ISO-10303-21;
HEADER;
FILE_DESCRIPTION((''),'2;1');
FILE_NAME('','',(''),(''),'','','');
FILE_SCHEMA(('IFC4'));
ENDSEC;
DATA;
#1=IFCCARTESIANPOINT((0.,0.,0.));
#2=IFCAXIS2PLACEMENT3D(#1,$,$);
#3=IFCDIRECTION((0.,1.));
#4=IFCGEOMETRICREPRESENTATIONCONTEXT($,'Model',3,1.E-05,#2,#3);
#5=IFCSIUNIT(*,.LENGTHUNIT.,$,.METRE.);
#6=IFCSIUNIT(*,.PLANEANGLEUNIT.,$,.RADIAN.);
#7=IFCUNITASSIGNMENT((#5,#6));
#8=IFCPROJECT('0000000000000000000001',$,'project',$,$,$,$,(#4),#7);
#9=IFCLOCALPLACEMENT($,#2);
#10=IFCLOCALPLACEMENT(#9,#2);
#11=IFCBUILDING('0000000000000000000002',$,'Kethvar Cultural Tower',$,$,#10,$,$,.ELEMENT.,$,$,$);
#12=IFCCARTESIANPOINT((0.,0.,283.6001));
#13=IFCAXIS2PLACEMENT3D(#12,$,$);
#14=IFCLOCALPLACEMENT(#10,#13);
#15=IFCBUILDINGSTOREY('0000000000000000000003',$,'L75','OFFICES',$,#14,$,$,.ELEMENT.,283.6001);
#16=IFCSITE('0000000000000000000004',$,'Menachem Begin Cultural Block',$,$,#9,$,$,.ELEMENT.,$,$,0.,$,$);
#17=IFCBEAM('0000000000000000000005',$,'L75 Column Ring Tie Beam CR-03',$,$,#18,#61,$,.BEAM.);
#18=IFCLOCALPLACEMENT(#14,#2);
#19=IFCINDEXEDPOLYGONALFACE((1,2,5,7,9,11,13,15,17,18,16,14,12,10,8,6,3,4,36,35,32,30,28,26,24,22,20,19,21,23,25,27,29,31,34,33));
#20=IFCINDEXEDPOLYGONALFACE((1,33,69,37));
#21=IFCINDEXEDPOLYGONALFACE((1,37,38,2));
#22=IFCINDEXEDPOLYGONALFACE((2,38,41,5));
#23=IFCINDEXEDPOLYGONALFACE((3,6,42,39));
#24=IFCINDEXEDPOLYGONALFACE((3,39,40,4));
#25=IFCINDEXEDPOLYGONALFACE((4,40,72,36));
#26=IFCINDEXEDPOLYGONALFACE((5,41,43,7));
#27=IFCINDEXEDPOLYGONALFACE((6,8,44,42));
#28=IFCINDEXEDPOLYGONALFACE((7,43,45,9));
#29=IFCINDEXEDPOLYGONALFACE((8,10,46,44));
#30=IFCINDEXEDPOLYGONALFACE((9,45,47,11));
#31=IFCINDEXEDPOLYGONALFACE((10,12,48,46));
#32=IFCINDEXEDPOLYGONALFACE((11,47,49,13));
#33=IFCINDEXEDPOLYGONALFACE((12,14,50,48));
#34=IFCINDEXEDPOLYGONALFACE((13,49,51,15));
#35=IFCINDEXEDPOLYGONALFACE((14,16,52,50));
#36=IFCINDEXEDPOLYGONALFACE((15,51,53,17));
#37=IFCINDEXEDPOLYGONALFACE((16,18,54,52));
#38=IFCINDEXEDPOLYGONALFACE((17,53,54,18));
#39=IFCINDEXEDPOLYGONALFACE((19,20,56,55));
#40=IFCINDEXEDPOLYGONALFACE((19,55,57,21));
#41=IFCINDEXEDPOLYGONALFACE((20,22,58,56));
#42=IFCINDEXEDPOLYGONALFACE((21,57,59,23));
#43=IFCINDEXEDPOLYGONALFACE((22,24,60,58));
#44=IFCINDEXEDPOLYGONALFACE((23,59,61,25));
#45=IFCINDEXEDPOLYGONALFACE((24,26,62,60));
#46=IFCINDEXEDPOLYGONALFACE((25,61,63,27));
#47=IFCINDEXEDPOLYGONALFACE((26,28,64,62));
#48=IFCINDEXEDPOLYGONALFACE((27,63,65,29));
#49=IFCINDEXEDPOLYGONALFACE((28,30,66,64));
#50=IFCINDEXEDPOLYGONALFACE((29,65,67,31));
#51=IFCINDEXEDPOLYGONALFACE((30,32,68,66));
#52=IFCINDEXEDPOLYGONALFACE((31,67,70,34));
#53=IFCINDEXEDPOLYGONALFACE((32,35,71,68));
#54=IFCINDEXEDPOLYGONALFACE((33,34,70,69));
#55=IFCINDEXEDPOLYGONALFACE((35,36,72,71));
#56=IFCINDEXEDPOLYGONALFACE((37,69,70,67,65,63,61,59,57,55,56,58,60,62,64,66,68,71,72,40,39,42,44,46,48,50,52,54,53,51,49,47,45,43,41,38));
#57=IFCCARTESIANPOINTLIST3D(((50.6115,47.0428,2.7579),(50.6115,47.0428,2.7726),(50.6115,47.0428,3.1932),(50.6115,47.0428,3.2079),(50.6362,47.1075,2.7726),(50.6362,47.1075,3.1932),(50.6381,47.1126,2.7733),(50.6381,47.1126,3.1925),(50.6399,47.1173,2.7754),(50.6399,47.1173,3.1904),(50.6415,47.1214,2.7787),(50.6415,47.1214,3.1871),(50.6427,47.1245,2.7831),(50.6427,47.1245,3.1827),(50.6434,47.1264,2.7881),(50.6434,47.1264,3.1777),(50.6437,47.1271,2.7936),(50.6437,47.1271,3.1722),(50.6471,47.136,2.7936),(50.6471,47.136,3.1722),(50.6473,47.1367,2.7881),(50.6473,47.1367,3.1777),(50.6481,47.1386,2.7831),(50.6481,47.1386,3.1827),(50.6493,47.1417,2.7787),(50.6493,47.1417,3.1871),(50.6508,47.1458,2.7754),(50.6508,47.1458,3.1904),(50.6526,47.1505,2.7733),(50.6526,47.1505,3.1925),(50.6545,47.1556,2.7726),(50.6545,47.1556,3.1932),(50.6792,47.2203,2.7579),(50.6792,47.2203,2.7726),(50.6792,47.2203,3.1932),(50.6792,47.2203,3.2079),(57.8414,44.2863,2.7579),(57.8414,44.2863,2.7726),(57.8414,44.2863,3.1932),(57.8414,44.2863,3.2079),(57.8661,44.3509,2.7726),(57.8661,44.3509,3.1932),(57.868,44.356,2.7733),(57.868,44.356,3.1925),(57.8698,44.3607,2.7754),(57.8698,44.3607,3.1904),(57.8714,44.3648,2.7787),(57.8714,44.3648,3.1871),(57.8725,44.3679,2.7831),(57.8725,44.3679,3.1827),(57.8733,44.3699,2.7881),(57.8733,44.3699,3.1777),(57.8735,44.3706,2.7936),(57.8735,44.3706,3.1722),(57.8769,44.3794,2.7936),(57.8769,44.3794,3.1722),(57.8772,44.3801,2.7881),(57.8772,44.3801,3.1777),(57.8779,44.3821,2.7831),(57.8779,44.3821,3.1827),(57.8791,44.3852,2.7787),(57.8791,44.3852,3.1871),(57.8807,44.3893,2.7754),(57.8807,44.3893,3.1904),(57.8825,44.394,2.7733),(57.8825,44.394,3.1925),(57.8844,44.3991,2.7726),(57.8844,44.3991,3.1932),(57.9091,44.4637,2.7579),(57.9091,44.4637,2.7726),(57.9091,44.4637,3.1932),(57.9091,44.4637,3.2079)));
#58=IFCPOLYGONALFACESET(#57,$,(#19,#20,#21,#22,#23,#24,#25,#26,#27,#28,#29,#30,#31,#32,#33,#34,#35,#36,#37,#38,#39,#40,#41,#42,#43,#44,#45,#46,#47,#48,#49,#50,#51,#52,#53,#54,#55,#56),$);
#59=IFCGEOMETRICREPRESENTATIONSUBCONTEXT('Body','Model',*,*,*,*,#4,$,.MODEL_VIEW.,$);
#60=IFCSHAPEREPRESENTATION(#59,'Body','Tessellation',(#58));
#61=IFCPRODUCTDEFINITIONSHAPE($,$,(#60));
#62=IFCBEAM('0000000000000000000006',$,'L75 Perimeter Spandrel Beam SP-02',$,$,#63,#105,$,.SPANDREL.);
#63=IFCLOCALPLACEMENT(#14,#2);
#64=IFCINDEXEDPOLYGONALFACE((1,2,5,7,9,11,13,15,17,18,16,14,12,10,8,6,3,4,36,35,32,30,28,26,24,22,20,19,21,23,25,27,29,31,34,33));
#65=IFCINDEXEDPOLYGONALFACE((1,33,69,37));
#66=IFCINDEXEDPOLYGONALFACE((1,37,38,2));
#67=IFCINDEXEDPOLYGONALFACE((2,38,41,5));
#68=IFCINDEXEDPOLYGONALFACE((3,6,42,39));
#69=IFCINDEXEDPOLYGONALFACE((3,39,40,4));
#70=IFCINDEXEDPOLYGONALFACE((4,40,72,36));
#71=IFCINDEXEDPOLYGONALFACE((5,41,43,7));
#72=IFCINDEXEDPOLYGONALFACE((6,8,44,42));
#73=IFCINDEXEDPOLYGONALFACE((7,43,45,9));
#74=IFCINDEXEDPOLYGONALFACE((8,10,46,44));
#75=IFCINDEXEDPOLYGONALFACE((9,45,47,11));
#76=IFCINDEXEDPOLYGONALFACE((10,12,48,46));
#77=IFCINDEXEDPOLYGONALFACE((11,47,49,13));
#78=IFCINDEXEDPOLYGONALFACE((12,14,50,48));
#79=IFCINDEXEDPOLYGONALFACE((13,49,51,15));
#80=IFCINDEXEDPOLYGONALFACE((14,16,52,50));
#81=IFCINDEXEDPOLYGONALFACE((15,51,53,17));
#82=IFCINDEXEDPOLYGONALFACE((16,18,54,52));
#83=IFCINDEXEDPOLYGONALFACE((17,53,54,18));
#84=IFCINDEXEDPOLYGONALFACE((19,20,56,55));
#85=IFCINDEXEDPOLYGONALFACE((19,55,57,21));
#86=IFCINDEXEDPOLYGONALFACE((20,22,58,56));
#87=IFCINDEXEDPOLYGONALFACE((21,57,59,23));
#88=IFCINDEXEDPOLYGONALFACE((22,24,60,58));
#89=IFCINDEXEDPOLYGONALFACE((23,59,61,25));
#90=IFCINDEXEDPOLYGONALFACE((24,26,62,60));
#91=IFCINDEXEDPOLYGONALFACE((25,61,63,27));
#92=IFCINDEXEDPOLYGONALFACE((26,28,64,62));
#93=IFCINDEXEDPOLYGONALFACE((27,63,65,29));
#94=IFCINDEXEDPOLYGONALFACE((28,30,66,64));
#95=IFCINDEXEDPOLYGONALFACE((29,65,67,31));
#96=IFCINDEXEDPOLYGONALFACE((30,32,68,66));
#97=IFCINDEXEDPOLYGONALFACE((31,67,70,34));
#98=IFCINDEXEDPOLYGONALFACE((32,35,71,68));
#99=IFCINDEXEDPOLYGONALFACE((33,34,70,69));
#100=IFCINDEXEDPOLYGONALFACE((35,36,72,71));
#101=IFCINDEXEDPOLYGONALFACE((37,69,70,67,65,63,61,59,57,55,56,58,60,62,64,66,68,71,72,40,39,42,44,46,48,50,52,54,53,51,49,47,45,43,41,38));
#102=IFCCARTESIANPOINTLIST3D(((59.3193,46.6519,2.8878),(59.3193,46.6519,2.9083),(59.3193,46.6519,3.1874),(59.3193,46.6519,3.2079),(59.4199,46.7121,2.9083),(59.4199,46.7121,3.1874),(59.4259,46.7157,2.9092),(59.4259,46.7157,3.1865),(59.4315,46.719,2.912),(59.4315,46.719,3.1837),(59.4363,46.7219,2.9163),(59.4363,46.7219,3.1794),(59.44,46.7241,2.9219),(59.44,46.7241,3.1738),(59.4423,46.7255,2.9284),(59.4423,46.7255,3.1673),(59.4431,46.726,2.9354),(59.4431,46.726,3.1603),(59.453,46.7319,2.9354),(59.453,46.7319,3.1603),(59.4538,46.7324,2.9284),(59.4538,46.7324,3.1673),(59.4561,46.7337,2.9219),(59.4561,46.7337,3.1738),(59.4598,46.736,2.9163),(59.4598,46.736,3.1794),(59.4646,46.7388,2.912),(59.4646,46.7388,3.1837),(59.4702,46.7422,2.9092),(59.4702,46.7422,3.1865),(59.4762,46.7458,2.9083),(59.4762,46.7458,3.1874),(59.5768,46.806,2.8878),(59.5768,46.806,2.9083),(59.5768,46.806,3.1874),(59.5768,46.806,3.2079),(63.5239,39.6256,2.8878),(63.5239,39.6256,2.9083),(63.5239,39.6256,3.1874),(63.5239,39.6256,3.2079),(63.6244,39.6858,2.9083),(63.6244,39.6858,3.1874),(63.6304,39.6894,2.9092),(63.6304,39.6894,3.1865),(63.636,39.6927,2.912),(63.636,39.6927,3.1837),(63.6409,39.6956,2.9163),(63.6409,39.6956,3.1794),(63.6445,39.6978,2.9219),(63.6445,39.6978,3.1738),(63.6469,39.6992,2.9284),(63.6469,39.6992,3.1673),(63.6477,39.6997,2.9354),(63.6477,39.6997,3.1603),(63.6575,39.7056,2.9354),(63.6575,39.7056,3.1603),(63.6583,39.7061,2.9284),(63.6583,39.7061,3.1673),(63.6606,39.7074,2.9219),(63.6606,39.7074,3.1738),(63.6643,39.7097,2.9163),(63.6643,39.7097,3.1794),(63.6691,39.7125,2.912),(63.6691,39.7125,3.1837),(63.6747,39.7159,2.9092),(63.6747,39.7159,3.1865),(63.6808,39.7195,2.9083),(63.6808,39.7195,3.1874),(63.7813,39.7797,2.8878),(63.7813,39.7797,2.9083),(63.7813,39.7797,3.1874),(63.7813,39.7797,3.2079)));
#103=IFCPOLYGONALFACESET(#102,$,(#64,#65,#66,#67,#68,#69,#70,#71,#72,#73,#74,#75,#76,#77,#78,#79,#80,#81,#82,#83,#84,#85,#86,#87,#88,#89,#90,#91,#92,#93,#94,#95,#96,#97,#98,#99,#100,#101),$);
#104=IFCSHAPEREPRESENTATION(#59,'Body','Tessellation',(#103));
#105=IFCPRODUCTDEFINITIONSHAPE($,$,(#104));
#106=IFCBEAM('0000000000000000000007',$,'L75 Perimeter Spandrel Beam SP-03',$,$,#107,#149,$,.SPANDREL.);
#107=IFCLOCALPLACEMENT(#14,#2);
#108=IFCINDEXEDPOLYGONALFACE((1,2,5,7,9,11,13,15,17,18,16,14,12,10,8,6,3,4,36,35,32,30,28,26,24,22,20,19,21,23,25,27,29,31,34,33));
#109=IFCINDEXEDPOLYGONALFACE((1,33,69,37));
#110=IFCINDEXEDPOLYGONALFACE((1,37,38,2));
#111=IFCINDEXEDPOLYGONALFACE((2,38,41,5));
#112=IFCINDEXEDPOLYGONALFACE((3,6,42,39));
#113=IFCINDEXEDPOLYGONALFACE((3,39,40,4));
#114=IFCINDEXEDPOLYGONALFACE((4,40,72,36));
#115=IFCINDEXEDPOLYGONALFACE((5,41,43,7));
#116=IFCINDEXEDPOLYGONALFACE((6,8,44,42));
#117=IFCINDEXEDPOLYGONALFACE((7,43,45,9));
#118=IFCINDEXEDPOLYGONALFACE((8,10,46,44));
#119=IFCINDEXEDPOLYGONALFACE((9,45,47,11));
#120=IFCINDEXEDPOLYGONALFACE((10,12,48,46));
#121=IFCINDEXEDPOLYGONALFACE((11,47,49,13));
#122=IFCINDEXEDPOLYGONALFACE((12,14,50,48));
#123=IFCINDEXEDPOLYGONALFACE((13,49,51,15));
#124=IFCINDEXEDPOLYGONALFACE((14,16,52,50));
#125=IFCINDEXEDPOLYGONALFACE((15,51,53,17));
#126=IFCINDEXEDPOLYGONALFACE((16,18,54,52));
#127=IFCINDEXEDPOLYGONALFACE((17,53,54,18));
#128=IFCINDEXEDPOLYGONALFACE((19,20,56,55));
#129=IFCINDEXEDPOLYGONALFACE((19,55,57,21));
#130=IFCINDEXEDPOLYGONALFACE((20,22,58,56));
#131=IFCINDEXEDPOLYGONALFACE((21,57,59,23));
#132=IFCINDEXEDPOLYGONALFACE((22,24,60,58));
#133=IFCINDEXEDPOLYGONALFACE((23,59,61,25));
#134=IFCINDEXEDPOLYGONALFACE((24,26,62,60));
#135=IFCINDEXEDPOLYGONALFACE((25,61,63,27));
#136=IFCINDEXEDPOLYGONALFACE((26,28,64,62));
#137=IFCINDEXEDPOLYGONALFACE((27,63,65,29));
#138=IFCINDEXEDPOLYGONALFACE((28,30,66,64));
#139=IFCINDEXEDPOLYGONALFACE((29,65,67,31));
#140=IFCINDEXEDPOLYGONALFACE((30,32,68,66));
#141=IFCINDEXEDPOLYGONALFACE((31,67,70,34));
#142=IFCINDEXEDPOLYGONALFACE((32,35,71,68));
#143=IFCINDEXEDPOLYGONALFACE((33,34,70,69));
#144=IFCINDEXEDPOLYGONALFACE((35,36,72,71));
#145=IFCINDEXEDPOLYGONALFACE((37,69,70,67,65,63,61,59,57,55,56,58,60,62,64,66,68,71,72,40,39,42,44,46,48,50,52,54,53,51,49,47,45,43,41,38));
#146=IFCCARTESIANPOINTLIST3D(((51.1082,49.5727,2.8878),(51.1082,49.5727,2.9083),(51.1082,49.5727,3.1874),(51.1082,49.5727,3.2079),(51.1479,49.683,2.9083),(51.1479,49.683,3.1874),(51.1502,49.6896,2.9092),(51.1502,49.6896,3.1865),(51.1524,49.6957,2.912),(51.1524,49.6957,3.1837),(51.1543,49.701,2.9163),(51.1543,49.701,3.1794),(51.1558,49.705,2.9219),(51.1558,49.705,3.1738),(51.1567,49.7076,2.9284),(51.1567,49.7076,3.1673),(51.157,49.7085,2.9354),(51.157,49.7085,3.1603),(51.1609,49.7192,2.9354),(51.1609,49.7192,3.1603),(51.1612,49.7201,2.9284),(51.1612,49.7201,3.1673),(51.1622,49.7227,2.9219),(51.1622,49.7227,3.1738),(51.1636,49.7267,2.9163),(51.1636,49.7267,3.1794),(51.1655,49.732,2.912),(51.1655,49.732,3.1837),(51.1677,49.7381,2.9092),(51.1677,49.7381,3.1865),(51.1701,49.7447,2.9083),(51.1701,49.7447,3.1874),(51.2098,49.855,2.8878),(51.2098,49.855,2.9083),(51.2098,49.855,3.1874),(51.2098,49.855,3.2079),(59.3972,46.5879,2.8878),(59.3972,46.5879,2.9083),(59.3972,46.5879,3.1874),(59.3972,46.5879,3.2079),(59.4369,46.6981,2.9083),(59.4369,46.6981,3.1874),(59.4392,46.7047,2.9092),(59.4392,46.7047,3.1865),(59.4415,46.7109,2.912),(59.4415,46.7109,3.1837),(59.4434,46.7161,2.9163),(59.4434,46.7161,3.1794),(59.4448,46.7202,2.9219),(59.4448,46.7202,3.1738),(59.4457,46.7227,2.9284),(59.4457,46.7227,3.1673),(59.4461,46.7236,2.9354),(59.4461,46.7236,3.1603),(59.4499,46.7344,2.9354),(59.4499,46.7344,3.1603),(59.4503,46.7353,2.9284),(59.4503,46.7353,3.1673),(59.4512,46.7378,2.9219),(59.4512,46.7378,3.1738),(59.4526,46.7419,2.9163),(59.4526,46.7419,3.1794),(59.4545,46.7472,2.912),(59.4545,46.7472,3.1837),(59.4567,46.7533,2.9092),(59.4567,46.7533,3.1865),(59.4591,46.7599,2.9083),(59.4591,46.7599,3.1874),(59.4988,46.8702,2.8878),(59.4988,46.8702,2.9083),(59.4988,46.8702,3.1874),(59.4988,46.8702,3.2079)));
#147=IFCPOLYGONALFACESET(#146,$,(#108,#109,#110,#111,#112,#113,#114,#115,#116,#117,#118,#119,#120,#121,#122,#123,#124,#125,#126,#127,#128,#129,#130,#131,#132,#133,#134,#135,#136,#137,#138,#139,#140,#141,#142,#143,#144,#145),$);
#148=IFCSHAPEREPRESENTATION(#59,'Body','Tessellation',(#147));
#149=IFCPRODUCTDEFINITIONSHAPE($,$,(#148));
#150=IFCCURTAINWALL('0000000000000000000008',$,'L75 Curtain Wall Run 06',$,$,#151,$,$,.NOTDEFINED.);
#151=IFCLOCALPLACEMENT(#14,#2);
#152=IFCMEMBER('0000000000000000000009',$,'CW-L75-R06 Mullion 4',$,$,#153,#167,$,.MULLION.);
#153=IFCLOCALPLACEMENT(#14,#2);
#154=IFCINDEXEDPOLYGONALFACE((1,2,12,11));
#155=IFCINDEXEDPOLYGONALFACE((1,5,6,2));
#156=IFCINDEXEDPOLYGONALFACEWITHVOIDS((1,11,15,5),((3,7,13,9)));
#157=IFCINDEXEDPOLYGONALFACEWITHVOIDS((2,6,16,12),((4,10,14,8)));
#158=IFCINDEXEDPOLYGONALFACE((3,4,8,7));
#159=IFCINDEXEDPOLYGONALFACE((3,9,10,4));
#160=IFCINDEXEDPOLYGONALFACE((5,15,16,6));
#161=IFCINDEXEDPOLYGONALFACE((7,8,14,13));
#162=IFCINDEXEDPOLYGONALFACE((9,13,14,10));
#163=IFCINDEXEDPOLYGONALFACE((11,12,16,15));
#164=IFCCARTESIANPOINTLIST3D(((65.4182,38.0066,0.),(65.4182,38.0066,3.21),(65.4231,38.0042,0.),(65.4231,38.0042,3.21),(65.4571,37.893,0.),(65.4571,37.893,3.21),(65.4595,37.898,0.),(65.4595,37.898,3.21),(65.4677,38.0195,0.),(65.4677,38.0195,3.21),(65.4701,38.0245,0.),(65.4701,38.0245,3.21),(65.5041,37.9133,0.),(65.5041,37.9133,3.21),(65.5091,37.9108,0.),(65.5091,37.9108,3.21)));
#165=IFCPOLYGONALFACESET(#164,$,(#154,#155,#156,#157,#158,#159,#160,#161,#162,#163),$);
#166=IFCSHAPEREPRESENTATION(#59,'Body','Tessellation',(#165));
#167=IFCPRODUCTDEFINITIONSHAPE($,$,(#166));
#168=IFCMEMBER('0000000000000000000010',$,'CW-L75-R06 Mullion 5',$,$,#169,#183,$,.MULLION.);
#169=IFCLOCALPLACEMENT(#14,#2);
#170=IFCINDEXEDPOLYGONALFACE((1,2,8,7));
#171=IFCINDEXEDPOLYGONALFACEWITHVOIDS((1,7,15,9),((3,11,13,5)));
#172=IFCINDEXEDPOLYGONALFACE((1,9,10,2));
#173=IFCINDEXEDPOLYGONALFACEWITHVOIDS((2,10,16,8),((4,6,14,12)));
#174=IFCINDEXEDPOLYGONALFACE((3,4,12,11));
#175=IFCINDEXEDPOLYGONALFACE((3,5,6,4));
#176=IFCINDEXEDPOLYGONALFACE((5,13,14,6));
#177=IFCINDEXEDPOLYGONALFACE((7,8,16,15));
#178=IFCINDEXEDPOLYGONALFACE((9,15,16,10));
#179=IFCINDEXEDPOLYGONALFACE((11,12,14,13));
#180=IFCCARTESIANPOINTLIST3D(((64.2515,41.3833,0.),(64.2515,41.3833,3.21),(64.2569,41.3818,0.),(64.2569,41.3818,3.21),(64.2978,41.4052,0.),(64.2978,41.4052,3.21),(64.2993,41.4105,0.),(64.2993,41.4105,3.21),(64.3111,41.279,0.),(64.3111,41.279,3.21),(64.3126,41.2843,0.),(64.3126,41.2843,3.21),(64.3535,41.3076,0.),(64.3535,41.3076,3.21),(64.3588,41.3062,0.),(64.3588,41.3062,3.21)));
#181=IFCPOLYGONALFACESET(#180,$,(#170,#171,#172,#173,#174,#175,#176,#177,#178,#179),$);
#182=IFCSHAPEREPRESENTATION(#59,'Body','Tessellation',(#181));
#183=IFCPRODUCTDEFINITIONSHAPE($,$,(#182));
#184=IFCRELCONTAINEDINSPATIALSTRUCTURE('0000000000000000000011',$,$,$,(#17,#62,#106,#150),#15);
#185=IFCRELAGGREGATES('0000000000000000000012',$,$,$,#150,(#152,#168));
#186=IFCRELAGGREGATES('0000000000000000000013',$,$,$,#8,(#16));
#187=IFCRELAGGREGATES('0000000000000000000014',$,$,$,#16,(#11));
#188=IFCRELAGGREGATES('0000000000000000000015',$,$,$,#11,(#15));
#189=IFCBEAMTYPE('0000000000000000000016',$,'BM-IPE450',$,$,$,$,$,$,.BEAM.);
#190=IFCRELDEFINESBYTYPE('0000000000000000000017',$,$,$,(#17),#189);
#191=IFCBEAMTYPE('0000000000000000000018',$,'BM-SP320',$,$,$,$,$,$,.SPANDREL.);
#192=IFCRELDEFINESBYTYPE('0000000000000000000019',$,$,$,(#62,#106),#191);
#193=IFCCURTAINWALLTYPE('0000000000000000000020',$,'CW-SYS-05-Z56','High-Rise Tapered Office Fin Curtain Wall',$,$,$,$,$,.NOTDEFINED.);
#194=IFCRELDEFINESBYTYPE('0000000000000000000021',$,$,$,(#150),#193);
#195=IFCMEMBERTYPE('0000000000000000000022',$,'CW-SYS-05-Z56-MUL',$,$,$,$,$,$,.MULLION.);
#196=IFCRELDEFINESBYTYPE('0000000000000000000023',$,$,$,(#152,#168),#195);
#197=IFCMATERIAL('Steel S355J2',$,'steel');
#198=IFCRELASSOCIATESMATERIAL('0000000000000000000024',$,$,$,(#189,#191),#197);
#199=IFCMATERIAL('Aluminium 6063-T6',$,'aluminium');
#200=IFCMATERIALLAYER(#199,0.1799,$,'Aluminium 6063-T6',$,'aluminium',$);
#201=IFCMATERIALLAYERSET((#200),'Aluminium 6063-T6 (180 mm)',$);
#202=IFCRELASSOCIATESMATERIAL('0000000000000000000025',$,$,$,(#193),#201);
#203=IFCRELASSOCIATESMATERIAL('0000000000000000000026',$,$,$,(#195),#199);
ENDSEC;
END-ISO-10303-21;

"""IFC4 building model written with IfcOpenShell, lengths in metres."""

from ifc_helpers import new_model, si_unit, direction, frame, origin, origin_2d, place, context, subcontext, project, spatial, hollow_rectangle, i_section, extrude, source, transform, mapped, material, layer, layer_set, material_profile, profile_set, type_object, element, aggregate, save


model = new_model("IFC4")

# Units and contexts
model_context = context("Model", 3, precision=1e-05, world=origin(), true_north=direction((0.0, 1.0)))
body_context = subcontext(model_context, "Body", "Model", "MODEL_VIEW")
ifc_project = project(units=[si_unit("LENGTHUNIT", "METRE"), si_unit("PLANEANGLEUNIT", "RADIAN")], contexts=[model_context])

# Site, building, storey
site_placement = place(None, origin())
site = spatial("IfcSite", under=ifc_project, at=site_placement, Name="Menachem Begin Cultural Block", CompositionType="ELEMENT", RefElevation=0.0)
building_placement = place(site_placement, origin())
building = spatial("IfcBuilding", under=site, at=building_placement, Name="Kethvar Cultural Tower", CompositionType="ELEMENT")
storey_placement = place(building_placement, frame((0.0, 0.0, 283.6001)))
storey = spatial("IfcBuildingStorey", under=building, at=storey_placement, Name="L75", Description="OFFICES", CompositionType="ELEMENT", Elevation=283.6001)

# Beams
ifc_material_1 = material(Name="Steel S355J2", Category="steel")
ifc_material_profile_1 = material_profile(ifc_material_1, i_section(OverallWidth=0.1899, OverallDepth=0.45, WebThickness=0.0095, FlangeThickness=0.0146, FilletRadius=0.021, at=origin_2d()), Name="Steel S355J2 — IPE450")
ifc_profile_set_1 = profile_set([ifc_material_profile_1], Name="Steel S355J2 — IPE450")
beam_type_1 = type_object("IfcBeamType", Name="BM-IPE450", PredefinedType="BEAM", material=ifc_profile_set_1)
shared_shape_1 = source(origin(), body_context, "Body", "SweptSolid", [
    extrude(i_section(OverallWidth=0.1899, OverallDepth=0.45, WebThickness=0.0095, FlangeThickness=0.0146, FilletRadius=0.021, at=origin_2d()), origin(), (0.0, 0.0, 1.0), 7.7375),
])
beam_1_placement = place(storey_placement, frame((57.8752, 44.375, 2.9829), z_axis=(-0.934388, 0.356256, 0.0), x_axis=(-0.356256, -0.934388, 0.0)))
element("IfcBeam", 1, at=beam_1_placement, inside=storey, type_object=beam_type_1, Name="L75 Column Ring Tie Beam CR-03", PredefinedType="BEAM", context=body_context, shape_type="MappedRepresentation", body=[
    mapped(shared_shape_1, transform((0.0, 0.0, 0.0), scale=1.0)),
])
ifc_material_profile_2 = material_profile(ifc_material_1, i_section(OverallWidth=0.3, OverallDepth=0.3201, WebThickness=0.0115, FlangeThickness=0.0205, FilletRadius=0.0271, at=origin_2d()), Name="Steel S355J2 — HEB320")
ifc_profile_set_2 = profile_set([ifc_material_profile_2], Name="Steel S355J2 — HEB320")
beam_type_2 = type_object("IfcBeamType", Name="BM-SP320", PredefinedType="SPANDREL", material=ifc_profile_set_2)
shared_shape_2 = source(origin(), body_context, "Body", "SweptSolid", [
    extrude(i_section(OverallWidth=0.3, OverallDepth=0.3201, WebThickness=0.0115, FlangeThickness=0.0205, FilletRadius=0.0271, at=origin_2d()), origin(), (0.0, 0.0, 1.0), 8.1882),
])
beam_2_placement = place(storey_placement, frame((63.6526, 39.7026, 3.0479), z_axis=(-0.513487, 0.858097, 0.0), x_axis=(-0.858097, -0.513487, 0.0)))
element("IfcBeam", 2, at=beam_2_placement, inside=storey, type_object=beam_type_2, Name="L75 Perimeter Spandrel Beam SP-02", PredefinedType="SPANDREL", context=body_context, shape_type="MappedRepresentation", body=[
    mapped(shared_shape_2, transform((0.0, 0.0, 0.0), scale=1.0)),
])
shared_shape_3 = source(origin(), body_context, "Body", "SweptSolid", [
    extrude(i_section(OverallWidth=0.3, OverallDepth=0.3201, WebThickness=0.0115, FlangeThickness=0.0205, FilletRadius=0.0271, at=origin_2d()), origin(), (0.0, 0.0, 1.0), 8.8101),
])
beam_3_placement = place(storey_placement, frame((59.448, 46.729, 3.0479), z_axis=(-0.940858, 0.3388, 0.0), x_axis=(-0.3388, -0.940858, 0.0)))
element("IfcBeam", 3, at=beam_3_placement, inside=storey, type_object=beam_type_2, Name="L75 Perimeter Spandrel Beam SP-03", PredefinedType="SPANDREL", context=body_context, shape_type="MappedRepresentation", body=[
    mapped(shared_shape_3, transform((0.0, 0.0, 0.0), scale=1.0)),
])

# Curtain wall, members
ifc_material_2 = material(Name="Aluminium 6063-T6", Category="aluminium")
ifc_layer_1 = layer(ifc_material_2, 0.1799, Name="Aluminium 6063-T6", Category="aluminium")
ifc_layer_set_1 = layer_set([ifc_layer_1], Name="Aluminium 6063-T6 (180 mm)")
curtain_wall_type = type_object("IfcCurtainWallType", Name="CW-SYS-05-Z56", Description="High-Rise Tapered Office Fin Curtain Wall", PredefinedType="NOTDEFINED", material=ifc_layer_set_1)
curtain_wall_1_placement = place(storey_placement, origin())
curtain_wall_1 = element("IfcCurtainWall", 4, at=curtain_wall_1_placement, inside=storey, type_object=curtain_wall_type, Name="L75 Curtain Wall Run 06", PredefinedType="NOTDEFINED")
ifc_material_profile_3 = material_profile(ifc_material_2, hollow_rectangle(XDim=0.0549, YDim=0.1201, WallThickness=0.0039, at=origin_2d()), Name="Aluminium 6063-T6 — RHS120x55x4")
ifc_profile_set_3 = profile_set([ifc_material_profile_3], Name="Aluminium 6063-T6 — RHS120x55x4")
member_type_1 = type_object("IfcMemberType", Name="CW-SYS-05-Z56-MUL", PredefinedType="MULLION", material=ifc_profile_set_3)
shared_shape_4 = source(origin(), body_context, "Body", "SweptSolid", [
    extrude(hollow_rectangle(XDim=0.0549, YDim=0.1201, WallThickness=0.0039, at=origin_2d()), origin(), (0.0, 0.0, 1.0), 3.21),
])
member_1_placement = place(storey_placement, frame((65.4636, 37.9587, 0.0), z_axis=(0.0, 0.0, 1.0), x_axis=(-0.945984, -0.324215, 0.0)))
member_1 = element("IfcMember", 5, at=member_1_placement, type_object=member_type_1, Name="CW-L75-R06 Mullion 4", PredefinedType="MULLION", context=body_context, shape_type="MappedRepresentation", body=[
    mapped(shared_shape_4, transform((0.0, 0.0, 0.0), scale=1.0)),
])
member_2_placement = place(storey_placement, frame((64.3052, 41.3447, 0.0), z_axis=(0.0, 0.0, 1.0), x_axis=(-0.868459, -0.495762, 0.0)))
member_2 = element("IfcMember", 6, at=member_2_placement, type_object=member_type_1, Name="CW-L75-R06 Mullion 5", PredefinedType="MULLION", context=body_context, shape_type="MappedRepresentation", body=[
    mapped(shared_shape_4, transform((0.0, 0.0, 0.0), scale=1.0)),
])

aggregate(curtain_wall_1, [member_1, member_2])

save(model, "model.ifc")
